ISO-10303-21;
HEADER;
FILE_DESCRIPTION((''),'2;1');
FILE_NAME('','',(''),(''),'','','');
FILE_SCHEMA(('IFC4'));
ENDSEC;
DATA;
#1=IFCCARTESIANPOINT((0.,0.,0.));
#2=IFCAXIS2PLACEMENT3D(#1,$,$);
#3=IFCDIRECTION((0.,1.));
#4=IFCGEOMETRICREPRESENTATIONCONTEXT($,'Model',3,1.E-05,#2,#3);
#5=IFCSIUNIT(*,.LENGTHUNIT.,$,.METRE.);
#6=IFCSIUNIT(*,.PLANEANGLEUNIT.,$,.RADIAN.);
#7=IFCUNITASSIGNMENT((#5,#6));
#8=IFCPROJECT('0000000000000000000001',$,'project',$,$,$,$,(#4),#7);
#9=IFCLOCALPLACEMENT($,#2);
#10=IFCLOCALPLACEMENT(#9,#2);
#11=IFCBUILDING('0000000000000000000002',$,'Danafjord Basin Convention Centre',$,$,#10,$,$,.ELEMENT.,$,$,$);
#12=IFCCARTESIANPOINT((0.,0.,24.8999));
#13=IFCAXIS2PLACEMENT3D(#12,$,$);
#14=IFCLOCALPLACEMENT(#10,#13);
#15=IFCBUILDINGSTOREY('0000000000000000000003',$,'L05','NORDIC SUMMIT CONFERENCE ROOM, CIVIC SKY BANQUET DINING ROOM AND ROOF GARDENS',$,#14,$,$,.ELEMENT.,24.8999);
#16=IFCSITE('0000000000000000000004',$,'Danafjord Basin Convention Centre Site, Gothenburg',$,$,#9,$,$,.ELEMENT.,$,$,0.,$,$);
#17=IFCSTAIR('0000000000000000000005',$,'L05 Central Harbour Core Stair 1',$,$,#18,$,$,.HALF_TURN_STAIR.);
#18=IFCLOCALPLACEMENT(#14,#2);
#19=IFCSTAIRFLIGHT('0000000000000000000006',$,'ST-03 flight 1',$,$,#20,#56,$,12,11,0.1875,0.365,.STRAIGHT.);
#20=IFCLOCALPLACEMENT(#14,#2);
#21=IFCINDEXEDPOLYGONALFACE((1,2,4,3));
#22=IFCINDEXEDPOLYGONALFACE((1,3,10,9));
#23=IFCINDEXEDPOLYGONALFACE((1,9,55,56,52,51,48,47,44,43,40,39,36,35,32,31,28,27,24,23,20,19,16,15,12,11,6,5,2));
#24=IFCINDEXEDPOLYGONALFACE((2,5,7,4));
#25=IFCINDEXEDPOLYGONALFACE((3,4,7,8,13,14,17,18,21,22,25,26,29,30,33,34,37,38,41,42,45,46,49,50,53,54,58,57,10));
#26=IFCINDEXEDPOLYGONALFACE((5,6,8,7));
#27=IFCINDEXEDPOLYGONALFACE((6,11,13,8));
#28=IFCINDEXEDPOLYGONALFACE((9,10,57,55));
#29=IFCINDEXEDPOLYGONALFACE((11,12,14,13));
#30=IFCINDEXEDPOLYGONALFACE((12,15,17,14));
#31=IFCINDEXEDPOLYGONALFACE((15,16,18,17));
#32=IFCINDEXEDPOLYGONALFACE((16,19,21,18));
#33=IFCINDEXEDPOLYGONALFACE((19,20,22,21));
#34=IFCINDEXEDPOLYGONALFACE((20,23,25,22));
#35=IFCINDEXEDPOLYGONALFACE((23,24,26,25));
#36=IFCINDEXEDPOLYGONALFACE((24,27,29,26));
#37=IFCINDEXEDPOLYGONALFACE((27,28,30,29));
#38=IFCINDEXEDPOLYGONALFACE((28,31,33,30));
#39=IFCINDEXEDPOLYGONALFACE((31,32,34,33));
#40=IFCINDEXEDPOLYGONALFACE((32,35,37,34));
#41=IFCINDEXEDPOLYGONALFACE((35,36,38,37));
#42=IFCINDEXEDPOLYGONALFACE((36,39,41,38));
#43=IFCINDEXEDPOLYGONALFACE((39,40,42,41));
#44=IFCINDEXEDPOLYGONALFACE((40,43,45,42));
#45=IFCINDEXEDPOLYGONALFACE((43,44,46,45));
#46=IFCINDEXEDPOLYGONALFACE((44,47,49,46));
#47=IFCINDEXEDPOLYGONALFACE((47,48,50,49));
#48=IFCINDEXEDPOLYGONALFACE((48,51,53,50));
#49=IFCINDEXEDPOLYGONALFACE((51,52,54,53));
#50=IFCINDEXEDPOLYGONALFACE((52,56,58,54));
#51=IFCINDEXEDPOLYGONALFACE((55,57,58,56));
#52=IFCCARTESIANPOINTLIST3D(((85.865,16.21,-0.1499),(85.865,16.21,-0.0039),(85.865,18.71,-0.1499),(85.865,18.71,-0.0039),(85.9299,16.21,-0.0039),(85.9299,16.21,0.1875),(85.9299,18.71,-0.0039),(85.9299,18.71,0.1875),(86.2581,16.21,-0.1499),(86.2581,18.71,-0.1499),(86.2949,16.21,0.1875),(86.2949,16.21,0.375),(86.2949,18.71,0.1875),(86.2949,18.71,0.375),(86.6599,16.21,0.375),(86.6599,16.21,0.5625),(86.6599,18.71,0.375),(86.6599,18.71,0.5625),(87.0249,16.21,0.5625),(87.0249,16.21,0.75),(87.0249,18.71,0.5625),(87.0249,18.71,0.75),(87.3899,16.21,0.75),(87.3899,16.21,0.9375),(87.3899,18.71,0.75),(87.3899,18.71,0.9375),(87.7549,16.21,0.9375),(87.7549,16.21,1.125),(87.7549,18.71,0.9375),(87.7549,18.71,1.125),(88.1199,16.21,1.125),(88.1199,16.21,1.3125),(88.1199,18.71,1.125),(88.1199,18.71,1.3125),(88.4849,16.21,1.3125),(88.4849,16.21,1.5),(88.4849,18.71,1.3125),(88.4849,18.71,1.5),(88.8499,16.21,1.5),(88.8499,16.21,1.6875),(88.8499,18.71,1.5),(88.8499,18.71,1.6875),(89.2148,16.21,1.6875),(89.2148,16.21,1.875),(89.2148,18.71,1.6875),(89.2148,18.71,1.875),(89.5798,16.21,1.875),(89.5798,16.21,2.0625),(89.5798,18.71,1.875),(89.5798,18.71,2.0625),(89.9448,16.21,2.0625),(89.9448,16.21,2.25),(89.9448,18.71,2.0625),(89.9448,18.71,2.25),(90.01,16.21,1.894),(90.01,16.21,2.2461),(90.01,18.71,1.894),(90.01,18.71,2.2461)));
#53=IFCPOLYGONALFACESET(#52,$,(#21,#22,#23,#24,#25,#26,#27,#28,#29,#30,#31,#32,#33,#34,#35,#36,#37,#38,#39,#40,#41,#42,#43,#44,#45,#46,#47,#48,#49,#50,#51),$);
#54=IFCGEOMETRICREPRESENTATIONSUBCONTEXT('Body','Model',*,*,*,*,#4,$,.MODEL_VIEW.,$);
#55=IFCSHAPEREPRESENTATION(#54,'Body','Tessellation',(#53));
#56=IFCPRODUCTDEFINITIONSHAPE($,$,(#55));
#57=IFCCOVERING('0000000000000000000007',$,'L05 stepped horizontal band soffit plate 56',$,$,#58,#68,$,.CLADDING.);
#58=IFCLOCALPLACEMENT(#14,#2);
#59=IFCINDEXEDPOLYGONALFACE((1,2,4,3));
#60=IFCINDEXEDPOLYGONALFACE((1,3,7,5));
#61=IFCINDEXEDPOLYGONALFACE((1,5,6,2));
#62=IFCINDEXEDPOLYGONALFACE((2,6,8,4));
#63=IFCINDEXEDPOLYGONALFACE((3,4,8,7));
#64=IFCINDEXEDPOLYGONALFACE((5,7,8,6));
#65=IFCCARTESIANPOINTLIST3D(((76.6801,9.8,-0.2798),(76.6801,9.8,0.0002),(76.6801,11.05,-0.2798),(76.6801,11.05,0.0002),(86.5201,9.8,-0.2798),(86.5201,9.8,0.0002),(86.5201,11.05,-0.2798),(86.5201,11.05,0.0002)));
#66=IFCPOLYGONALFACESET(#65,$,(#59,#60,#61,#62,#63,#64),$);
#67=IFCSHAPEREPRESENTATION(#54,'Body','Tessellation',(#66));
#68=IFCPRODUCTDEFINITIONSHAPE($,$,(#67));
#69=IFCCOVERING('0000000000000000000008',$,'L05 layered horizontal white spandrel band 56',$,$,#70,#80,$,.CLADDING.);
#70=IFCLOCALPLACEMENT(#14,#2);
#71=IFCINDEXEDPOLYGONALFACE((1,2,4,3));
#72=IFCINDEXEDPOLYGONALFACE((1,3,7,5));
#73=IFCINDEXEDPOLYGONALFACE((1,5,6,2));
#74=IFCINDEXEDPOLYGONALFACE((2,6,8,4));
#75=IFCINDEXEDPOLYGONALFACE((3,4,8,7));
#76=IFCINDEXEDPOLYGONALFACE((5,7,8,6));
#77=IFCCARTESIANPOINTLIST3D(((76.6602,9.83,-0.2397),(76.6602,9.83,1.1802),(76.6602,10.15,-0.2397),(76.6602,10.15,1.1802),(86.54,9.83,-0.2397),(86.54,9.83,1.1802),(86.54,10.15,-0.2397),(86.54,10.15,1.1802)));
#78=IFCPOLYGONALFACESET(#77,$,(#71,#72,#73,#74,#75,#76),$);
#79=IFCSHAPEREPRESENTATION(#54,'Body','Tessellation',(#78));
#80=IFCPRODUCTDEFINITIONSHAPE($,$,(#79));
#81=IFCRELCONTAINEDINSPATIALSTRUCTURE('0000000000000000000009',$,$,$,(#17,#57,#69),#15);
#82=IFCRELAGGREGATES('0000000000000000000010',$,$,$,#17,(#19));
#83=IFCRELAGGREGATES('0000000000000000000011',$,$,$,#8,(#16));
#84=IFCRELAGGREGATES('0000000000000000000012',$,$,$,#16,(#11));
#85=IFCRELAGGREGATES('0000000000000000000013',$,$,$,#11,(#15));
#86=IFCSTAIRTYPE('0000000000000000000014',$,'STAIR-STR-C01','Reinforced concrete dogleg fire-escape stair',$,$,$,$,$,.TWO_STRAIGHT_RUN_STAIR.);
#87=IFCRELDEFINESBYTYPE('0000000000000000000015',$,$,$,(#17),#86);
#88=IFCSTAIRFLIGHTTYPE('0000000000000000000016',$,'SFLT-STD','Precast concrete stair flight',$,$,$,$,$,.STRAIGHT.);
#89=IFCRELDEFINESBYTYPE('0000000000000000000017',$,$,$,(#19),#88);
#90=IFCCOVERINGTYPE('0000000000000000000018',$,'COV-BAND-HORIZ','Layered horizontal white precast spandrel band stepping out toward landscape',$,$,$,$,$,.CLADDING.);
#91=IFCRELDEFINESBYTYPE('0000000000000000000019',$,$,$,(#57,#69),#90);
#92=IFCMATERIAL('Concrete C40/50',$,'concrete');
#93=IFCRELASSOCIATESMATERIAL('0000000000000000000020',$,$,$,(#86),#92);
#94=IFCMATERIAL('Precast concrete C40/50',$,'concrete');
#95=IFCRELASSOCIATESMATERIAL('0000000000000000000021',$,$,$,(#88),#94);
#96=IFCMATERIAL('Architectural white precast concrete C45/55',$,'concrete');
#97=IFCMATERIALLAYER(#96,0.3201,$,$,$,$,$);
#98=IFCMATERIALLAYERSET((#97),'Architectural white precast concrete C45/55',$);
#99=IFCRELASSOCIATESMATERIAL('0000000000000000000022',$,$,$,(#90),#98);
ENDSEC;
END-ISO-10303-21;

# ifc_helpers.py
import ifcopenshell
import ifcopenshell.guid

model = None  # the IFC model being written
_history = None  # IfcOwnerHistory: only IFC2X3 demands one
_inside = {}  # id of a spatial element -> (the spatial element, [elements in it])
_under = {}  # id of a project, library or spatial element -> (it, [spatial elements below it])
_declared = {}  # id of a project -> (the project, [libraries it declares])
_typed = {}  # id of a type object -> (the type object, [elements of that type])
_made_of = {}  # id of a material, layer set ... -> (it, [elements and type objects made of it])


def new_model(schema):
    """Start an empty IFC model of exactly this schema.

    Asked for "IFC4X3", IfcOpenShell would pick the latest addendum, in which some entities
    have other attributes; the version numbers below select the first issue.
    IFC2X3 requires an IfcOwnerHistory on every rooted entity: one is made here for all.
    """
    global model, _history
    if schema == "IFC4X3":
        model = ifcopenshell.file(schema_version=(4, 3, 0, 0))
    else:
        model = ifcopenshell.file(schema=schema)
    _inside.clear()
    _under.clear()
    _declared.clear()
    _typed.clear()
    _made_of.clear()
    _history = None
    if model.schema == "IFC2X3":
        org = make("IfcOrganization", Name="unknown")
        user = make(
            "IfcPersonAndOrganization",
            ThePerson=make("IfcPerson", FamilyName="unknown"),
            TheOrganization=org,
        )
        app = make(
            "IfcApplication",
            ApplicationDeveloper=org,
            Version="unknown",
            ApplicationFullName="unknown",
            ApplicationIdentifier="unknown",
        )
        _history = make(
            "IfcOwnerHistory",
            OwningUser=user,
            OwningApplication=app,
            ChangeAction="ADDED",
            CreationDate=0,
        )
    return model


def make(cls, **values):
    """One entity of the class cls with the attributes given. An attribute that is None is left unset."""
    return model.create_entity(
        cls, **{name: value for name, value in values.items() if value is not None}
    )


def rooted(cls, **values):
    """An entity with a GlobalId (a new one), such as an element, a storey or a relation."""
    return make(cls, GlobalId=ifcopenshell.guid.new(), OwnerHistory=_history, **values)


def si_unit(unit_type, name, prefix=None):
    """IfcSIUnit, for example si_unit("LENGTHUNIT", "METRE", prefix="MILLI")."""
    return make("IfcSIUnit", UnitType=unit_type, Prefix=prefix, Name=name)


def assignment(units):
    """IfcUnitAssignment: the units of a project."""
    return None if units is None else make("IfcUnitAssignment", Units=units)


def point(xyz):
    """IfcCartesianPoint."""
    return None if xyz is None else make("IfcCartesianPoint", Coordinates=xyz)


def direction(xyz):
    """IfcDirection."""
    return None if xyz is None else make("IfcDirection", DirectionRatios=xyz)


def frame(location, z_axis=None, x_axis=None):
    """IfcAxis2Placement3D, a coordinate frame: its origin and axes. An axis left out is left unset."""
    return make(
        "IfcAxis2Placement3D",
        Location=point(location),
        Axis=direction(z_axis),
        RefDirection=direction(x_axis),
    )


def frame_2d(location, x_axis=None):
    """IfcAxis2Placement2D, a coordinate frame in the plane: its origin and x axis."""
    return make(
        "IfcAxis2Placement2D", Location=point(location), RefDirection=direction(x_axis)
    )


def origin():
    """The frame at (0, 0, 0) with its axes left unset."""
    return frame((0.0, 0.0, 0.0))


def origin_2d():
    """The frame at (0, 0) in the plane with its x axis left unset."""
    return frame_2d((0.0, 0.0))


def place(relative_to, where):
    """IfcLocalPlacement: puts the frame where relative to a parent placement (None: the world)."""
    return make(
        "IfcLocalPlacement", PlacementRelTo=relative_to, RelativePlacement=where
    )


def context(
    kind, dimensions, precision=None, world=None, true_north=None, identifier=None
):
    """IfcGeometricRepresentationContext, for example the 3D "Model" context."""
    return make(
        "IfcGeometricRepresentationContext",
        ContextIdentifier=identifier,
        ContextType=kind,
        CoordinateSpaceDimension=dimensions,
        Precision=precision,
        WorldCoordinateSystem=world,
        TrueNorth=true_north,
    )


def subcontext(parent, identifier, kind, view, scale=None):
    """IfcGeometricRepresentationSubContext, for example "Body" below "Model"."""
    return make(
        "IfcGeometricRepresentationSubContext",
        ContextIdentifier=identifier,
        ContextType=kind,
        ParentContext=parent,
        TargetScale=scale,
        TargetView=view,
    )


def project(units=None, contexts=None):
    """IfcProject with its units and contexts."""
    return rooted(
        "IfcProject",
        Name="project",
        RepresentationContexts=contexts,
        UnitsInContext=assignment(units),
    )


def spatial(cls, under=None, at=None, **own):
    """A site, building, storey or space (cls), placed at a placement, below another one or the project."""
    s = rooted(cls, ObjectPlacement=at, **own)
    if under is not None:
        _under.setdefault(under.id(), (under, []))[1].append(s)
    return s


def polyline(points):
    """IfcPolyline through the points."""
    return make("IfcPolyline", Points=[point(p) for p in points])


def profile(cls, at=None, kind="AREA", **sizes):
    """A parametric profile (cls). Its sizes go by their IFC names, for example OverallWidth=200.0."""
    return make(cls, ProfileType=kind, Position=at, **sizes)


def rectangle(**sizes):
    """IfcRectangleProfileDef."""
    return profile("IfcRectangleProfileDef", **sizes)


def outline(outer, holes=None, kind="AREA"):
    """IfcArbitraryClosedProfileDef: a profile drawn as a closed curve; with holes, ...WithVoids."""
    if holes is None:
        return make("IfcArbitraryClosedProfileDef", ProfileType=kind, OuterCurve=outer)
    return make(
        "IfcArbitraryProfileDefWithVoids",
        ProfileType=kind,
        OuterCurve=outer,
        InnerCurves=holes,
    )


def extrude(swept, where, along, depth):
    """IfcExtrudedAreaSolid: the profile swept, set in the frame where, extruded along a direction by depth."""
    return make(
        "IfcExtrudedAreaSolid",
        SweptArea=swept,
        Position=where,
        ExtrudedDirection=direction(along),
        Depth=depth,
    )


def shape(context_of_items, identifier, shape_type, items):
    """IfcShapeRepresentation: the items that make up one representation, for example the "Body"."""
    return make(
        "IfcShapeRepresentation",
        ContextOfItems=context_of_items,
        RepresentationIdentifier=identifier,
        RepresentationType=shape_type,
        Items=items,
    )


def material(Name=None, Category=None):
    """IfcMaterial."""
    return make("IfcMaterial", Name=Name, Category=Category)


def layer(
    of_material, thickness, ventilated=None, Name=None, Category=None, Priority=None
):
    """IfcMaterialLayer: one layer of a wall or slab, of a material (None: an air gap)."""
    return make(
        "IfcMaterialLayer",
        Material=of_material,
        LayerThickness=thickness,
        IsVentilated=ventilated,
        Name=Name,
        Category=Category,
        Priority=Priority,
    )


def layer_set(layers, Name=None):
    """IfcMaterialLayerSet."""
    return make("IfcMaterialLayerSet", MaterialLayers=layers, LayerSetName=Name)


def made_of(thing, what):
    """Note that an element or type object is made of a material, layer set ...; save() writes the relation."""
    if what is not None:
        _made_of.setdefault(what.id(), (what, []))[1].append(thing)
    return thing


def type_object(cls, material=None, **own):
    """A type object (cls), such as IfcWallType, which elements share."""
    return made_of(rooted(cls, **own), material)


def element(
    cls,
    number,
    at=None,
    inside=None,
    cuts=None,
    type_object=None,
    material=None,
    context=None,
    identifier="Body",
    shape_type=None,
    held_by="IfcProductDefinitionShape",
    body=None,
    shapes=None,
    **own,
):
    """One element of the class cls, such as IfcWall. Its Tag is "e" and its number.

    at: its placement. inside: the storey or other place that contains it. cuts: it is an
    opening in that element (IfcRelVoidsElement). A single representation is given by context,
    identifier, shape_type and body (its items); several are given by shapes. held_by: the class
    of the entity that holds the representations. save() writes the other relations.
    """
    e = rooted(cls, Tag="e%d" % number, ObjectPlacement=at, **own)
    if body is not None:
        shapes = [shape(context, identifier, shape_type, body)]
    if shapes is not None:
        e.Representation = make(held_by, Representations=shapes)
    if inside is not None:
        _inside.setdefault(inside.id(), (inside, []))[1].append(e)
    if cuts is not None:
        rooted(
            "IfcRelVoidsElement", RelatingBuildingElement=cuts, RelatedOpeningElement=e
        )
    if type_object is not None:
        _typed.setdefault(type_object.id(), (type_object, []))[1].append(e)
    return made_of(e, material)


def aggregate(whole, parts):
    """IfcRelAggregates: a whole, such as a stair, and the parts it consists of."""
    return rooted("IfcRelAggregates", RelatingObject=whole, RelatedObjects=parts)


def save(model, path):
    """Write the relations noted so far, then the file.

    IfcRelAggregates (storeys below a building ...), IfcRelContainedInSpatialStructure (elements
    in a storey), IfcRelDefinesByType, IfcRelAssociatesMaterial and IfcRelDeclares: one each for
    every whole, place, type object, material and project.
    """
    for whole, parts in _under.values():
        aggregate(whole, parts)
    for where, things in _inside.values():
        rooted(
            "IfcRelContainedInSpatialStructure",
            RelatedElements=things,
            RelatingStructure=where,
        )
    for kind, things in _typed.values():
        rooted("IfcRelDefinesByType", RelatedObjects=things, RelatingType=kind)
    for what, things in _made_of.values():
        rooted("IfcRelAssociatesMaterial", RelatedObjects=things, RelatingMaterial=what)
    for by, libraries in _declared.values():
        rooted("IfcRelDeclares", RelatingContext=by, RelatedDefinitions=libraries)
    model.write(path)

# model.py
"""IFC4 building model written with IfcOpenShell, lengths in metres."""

from ifc_helpers import new_model, si_unit, direction, frame, origin, origin_2d, place, context, subcontext, project, spatial, polyline, rectangle, outline, extrude, material, layer, layer_set, type_object, element, aggregate, save


model = new_model("IFC4")

# Units and contexts
model_context = context("Model", 3, precision=1e-05, world=origin(), true_north=direction((0.0, 1.0)))
body_context = subcontext(model_context, "Body", "Model", "MODEL_VIEW")
ifc_project = project(units=[si_unit("LENGTHUNIT", "METRE"), si_unit("PLANEANGLEUNIT", "RADIAN")], contexts=[model_context])

# Site, building, storey
site_placement = place(None, origin())
site = spatial("IfcSite", under=ifc_project, at=site_placement, Name="Danafjord Basin Convention Centre Site, Gothenburg", CompositionType="ELEMENT", RefElevation=0.0)
building_placement = place(site_placement, origin())
building = spatial("IfcBuilding", under=site, at=building_placement, Name="Danafjord Basin Convention Centre", CompositionType="ELEMENT")
storey_placement = place(building_placement, frame((0.0, 0.0, 24.8999)))
storey = spatial("IfcBuildingStorey", under=building, at=storey_placement, Name="L05", Description="NORDIC SUMMIT CONFERENCE ROOM, CIVIC SKY BANQUET DINING ROOM AND ROOF GARDENS", CompositionType="ELEMENT", Elevation=24.8999)

# Shared definitions
ifc_material_1 = material(Name="Concrete C40/50", Category="concrete")

# Stair, stair flight
stair_type = type_object("IfcStairType", Name="STAIR-STR-C01", Description="Reinforced concrete dogleg fire-escape stair", PredefinedType="TWO_STRAIGHT_RUN_STAIR", material=ifc_material_1)
stair_placement = place(storey_placement, origin())
stair = element("IfcStair", 1, at=stair_placement, inside=storey, type_object=stair_type, Name="L05 Central Harbour Core Stair 1", PredefinedType="HALF_TURN_STAIR")
ifc_material_2 = material(Name="Precast concrete C40/50", Category="concrete")
stair_flight_type = type_object("IfcStairFlightType", Name="SFLT-STD", Description="Precast concrete stair flight", PredefinedType="STRAIGHT", material=ifc_material_2)
stair_flight_placement = place(storey_placement, frame((85.9299, 17.46, 0.0), z_axis=(0.0, 0.0, 1.0), x_axis=(1.0, 0.0, 0.0)))
stair_flight = element("IfcStairFlight", 2, at=stair_flight_placement, type_object=stair_flight_type, Name="ST-03 flight 1", NumberOfRisers=12, NumberOfTreads=11, PredefinedType="STRAIGHT", RiserHeight=0.1875, TreadLength=0.365, context=body_context, shape_type="SweptSolid", body=[
    extrude(outline(polyline([(-0.0649, -0.1499), (-0.0649, -0.0039), (0.0, -0.0039), (0.0, 0.1875), (0.365, 0.1875), (0.365, 0.375), (0.73, 0.375), (0.73, 0.5625), (1.095, 0.5625), (1.095, 0.75), (1.46, 0.75), (1.46, 0.9375), (1.825, 0.9375), (1.825, 1.125), (2.1899, 1.125), (2.1899, 1.3125), (2.5549, 1.3125), (2.5549, 1.5), (2.9199, 1.5), (2.9199, 1.6875), (3.2849, 1.6875), (3.2849, 1.875), (3.6499, 1.875), (3.6499, 2.0625), (4.0149, 2.0625), (4.0149, 2.25), (4.0801, 2.2461), (4.0801, 1.894), (0.3281, -0.1499), (-0.0649, -0.1499)])), frame((0.0, 1.25, 0.0), z_axis=(0.0, -1.0, 0.0), x_axis=(1.0, 0.0, 0.0)), (0.0, 0.0, 1.0), 2.5),
])
aggregate(stair, [stair_flight])

# Coverings
ifc_material_3 = material(Name="Architectural white precast concrete C45/55", Category="concrete")
ifc_layer_1 = layer(ifc_material_3, 0.3201)
ifc_layer_set_1 = layer_set([ifc_layer_1], Name="Architectural white precast concrete C45/55")
covering_type = type_object("IfcCoveringType", Name="COV-BAND-HORIZ", Description="Layered horizontal white precast spandrel band stepping out toward landscape", PredefinedType="CLADDING", material=ifc_layer_set_1)
covering_1_placement = place(storey_placement, frame((81.6001, 10.425, -0.2798), z_axis=(0.0, 0.0, 1.0), x_axis=(1.0, 0.0, 0.0)))
element("IfcCovering", 3, at=covering_1_placement, inside=storey, type_object=covering_type, Name="L05 stepped horizontal band soffit plate 56", PredefinedType="CLADDING", context=body_context, shape_type="SweptSolid", body=[
    extrude(rectangle(XDim=9.8401, YDim=1.25, at=origin_2d()), origin(), (0.0, 0.0, 1.0), 0.28),
])
covering_2_placement = place(storey_placement, frame((81.6001, 9.99, -0.2397), z_axis=(0.0, 0.0, 1.0), x_axis=(1.0, 0.0, 0.0)))
element("IfcCovering", 4, at=covering_2_placement, inside=storey, type_object=covering_type, Name="L05 layered horizontal white spandrel band 56", PredefinedType="CLADDING", context=body_context, shape_type="SweptSolid", body=[
    extrude(rectangle(XDim=9.8799, YDim=0.3201, at=origin_2d()), origin(), (0.0, 0.0, 1.0), 1.4199),
])

save(model, "model.ifc")
